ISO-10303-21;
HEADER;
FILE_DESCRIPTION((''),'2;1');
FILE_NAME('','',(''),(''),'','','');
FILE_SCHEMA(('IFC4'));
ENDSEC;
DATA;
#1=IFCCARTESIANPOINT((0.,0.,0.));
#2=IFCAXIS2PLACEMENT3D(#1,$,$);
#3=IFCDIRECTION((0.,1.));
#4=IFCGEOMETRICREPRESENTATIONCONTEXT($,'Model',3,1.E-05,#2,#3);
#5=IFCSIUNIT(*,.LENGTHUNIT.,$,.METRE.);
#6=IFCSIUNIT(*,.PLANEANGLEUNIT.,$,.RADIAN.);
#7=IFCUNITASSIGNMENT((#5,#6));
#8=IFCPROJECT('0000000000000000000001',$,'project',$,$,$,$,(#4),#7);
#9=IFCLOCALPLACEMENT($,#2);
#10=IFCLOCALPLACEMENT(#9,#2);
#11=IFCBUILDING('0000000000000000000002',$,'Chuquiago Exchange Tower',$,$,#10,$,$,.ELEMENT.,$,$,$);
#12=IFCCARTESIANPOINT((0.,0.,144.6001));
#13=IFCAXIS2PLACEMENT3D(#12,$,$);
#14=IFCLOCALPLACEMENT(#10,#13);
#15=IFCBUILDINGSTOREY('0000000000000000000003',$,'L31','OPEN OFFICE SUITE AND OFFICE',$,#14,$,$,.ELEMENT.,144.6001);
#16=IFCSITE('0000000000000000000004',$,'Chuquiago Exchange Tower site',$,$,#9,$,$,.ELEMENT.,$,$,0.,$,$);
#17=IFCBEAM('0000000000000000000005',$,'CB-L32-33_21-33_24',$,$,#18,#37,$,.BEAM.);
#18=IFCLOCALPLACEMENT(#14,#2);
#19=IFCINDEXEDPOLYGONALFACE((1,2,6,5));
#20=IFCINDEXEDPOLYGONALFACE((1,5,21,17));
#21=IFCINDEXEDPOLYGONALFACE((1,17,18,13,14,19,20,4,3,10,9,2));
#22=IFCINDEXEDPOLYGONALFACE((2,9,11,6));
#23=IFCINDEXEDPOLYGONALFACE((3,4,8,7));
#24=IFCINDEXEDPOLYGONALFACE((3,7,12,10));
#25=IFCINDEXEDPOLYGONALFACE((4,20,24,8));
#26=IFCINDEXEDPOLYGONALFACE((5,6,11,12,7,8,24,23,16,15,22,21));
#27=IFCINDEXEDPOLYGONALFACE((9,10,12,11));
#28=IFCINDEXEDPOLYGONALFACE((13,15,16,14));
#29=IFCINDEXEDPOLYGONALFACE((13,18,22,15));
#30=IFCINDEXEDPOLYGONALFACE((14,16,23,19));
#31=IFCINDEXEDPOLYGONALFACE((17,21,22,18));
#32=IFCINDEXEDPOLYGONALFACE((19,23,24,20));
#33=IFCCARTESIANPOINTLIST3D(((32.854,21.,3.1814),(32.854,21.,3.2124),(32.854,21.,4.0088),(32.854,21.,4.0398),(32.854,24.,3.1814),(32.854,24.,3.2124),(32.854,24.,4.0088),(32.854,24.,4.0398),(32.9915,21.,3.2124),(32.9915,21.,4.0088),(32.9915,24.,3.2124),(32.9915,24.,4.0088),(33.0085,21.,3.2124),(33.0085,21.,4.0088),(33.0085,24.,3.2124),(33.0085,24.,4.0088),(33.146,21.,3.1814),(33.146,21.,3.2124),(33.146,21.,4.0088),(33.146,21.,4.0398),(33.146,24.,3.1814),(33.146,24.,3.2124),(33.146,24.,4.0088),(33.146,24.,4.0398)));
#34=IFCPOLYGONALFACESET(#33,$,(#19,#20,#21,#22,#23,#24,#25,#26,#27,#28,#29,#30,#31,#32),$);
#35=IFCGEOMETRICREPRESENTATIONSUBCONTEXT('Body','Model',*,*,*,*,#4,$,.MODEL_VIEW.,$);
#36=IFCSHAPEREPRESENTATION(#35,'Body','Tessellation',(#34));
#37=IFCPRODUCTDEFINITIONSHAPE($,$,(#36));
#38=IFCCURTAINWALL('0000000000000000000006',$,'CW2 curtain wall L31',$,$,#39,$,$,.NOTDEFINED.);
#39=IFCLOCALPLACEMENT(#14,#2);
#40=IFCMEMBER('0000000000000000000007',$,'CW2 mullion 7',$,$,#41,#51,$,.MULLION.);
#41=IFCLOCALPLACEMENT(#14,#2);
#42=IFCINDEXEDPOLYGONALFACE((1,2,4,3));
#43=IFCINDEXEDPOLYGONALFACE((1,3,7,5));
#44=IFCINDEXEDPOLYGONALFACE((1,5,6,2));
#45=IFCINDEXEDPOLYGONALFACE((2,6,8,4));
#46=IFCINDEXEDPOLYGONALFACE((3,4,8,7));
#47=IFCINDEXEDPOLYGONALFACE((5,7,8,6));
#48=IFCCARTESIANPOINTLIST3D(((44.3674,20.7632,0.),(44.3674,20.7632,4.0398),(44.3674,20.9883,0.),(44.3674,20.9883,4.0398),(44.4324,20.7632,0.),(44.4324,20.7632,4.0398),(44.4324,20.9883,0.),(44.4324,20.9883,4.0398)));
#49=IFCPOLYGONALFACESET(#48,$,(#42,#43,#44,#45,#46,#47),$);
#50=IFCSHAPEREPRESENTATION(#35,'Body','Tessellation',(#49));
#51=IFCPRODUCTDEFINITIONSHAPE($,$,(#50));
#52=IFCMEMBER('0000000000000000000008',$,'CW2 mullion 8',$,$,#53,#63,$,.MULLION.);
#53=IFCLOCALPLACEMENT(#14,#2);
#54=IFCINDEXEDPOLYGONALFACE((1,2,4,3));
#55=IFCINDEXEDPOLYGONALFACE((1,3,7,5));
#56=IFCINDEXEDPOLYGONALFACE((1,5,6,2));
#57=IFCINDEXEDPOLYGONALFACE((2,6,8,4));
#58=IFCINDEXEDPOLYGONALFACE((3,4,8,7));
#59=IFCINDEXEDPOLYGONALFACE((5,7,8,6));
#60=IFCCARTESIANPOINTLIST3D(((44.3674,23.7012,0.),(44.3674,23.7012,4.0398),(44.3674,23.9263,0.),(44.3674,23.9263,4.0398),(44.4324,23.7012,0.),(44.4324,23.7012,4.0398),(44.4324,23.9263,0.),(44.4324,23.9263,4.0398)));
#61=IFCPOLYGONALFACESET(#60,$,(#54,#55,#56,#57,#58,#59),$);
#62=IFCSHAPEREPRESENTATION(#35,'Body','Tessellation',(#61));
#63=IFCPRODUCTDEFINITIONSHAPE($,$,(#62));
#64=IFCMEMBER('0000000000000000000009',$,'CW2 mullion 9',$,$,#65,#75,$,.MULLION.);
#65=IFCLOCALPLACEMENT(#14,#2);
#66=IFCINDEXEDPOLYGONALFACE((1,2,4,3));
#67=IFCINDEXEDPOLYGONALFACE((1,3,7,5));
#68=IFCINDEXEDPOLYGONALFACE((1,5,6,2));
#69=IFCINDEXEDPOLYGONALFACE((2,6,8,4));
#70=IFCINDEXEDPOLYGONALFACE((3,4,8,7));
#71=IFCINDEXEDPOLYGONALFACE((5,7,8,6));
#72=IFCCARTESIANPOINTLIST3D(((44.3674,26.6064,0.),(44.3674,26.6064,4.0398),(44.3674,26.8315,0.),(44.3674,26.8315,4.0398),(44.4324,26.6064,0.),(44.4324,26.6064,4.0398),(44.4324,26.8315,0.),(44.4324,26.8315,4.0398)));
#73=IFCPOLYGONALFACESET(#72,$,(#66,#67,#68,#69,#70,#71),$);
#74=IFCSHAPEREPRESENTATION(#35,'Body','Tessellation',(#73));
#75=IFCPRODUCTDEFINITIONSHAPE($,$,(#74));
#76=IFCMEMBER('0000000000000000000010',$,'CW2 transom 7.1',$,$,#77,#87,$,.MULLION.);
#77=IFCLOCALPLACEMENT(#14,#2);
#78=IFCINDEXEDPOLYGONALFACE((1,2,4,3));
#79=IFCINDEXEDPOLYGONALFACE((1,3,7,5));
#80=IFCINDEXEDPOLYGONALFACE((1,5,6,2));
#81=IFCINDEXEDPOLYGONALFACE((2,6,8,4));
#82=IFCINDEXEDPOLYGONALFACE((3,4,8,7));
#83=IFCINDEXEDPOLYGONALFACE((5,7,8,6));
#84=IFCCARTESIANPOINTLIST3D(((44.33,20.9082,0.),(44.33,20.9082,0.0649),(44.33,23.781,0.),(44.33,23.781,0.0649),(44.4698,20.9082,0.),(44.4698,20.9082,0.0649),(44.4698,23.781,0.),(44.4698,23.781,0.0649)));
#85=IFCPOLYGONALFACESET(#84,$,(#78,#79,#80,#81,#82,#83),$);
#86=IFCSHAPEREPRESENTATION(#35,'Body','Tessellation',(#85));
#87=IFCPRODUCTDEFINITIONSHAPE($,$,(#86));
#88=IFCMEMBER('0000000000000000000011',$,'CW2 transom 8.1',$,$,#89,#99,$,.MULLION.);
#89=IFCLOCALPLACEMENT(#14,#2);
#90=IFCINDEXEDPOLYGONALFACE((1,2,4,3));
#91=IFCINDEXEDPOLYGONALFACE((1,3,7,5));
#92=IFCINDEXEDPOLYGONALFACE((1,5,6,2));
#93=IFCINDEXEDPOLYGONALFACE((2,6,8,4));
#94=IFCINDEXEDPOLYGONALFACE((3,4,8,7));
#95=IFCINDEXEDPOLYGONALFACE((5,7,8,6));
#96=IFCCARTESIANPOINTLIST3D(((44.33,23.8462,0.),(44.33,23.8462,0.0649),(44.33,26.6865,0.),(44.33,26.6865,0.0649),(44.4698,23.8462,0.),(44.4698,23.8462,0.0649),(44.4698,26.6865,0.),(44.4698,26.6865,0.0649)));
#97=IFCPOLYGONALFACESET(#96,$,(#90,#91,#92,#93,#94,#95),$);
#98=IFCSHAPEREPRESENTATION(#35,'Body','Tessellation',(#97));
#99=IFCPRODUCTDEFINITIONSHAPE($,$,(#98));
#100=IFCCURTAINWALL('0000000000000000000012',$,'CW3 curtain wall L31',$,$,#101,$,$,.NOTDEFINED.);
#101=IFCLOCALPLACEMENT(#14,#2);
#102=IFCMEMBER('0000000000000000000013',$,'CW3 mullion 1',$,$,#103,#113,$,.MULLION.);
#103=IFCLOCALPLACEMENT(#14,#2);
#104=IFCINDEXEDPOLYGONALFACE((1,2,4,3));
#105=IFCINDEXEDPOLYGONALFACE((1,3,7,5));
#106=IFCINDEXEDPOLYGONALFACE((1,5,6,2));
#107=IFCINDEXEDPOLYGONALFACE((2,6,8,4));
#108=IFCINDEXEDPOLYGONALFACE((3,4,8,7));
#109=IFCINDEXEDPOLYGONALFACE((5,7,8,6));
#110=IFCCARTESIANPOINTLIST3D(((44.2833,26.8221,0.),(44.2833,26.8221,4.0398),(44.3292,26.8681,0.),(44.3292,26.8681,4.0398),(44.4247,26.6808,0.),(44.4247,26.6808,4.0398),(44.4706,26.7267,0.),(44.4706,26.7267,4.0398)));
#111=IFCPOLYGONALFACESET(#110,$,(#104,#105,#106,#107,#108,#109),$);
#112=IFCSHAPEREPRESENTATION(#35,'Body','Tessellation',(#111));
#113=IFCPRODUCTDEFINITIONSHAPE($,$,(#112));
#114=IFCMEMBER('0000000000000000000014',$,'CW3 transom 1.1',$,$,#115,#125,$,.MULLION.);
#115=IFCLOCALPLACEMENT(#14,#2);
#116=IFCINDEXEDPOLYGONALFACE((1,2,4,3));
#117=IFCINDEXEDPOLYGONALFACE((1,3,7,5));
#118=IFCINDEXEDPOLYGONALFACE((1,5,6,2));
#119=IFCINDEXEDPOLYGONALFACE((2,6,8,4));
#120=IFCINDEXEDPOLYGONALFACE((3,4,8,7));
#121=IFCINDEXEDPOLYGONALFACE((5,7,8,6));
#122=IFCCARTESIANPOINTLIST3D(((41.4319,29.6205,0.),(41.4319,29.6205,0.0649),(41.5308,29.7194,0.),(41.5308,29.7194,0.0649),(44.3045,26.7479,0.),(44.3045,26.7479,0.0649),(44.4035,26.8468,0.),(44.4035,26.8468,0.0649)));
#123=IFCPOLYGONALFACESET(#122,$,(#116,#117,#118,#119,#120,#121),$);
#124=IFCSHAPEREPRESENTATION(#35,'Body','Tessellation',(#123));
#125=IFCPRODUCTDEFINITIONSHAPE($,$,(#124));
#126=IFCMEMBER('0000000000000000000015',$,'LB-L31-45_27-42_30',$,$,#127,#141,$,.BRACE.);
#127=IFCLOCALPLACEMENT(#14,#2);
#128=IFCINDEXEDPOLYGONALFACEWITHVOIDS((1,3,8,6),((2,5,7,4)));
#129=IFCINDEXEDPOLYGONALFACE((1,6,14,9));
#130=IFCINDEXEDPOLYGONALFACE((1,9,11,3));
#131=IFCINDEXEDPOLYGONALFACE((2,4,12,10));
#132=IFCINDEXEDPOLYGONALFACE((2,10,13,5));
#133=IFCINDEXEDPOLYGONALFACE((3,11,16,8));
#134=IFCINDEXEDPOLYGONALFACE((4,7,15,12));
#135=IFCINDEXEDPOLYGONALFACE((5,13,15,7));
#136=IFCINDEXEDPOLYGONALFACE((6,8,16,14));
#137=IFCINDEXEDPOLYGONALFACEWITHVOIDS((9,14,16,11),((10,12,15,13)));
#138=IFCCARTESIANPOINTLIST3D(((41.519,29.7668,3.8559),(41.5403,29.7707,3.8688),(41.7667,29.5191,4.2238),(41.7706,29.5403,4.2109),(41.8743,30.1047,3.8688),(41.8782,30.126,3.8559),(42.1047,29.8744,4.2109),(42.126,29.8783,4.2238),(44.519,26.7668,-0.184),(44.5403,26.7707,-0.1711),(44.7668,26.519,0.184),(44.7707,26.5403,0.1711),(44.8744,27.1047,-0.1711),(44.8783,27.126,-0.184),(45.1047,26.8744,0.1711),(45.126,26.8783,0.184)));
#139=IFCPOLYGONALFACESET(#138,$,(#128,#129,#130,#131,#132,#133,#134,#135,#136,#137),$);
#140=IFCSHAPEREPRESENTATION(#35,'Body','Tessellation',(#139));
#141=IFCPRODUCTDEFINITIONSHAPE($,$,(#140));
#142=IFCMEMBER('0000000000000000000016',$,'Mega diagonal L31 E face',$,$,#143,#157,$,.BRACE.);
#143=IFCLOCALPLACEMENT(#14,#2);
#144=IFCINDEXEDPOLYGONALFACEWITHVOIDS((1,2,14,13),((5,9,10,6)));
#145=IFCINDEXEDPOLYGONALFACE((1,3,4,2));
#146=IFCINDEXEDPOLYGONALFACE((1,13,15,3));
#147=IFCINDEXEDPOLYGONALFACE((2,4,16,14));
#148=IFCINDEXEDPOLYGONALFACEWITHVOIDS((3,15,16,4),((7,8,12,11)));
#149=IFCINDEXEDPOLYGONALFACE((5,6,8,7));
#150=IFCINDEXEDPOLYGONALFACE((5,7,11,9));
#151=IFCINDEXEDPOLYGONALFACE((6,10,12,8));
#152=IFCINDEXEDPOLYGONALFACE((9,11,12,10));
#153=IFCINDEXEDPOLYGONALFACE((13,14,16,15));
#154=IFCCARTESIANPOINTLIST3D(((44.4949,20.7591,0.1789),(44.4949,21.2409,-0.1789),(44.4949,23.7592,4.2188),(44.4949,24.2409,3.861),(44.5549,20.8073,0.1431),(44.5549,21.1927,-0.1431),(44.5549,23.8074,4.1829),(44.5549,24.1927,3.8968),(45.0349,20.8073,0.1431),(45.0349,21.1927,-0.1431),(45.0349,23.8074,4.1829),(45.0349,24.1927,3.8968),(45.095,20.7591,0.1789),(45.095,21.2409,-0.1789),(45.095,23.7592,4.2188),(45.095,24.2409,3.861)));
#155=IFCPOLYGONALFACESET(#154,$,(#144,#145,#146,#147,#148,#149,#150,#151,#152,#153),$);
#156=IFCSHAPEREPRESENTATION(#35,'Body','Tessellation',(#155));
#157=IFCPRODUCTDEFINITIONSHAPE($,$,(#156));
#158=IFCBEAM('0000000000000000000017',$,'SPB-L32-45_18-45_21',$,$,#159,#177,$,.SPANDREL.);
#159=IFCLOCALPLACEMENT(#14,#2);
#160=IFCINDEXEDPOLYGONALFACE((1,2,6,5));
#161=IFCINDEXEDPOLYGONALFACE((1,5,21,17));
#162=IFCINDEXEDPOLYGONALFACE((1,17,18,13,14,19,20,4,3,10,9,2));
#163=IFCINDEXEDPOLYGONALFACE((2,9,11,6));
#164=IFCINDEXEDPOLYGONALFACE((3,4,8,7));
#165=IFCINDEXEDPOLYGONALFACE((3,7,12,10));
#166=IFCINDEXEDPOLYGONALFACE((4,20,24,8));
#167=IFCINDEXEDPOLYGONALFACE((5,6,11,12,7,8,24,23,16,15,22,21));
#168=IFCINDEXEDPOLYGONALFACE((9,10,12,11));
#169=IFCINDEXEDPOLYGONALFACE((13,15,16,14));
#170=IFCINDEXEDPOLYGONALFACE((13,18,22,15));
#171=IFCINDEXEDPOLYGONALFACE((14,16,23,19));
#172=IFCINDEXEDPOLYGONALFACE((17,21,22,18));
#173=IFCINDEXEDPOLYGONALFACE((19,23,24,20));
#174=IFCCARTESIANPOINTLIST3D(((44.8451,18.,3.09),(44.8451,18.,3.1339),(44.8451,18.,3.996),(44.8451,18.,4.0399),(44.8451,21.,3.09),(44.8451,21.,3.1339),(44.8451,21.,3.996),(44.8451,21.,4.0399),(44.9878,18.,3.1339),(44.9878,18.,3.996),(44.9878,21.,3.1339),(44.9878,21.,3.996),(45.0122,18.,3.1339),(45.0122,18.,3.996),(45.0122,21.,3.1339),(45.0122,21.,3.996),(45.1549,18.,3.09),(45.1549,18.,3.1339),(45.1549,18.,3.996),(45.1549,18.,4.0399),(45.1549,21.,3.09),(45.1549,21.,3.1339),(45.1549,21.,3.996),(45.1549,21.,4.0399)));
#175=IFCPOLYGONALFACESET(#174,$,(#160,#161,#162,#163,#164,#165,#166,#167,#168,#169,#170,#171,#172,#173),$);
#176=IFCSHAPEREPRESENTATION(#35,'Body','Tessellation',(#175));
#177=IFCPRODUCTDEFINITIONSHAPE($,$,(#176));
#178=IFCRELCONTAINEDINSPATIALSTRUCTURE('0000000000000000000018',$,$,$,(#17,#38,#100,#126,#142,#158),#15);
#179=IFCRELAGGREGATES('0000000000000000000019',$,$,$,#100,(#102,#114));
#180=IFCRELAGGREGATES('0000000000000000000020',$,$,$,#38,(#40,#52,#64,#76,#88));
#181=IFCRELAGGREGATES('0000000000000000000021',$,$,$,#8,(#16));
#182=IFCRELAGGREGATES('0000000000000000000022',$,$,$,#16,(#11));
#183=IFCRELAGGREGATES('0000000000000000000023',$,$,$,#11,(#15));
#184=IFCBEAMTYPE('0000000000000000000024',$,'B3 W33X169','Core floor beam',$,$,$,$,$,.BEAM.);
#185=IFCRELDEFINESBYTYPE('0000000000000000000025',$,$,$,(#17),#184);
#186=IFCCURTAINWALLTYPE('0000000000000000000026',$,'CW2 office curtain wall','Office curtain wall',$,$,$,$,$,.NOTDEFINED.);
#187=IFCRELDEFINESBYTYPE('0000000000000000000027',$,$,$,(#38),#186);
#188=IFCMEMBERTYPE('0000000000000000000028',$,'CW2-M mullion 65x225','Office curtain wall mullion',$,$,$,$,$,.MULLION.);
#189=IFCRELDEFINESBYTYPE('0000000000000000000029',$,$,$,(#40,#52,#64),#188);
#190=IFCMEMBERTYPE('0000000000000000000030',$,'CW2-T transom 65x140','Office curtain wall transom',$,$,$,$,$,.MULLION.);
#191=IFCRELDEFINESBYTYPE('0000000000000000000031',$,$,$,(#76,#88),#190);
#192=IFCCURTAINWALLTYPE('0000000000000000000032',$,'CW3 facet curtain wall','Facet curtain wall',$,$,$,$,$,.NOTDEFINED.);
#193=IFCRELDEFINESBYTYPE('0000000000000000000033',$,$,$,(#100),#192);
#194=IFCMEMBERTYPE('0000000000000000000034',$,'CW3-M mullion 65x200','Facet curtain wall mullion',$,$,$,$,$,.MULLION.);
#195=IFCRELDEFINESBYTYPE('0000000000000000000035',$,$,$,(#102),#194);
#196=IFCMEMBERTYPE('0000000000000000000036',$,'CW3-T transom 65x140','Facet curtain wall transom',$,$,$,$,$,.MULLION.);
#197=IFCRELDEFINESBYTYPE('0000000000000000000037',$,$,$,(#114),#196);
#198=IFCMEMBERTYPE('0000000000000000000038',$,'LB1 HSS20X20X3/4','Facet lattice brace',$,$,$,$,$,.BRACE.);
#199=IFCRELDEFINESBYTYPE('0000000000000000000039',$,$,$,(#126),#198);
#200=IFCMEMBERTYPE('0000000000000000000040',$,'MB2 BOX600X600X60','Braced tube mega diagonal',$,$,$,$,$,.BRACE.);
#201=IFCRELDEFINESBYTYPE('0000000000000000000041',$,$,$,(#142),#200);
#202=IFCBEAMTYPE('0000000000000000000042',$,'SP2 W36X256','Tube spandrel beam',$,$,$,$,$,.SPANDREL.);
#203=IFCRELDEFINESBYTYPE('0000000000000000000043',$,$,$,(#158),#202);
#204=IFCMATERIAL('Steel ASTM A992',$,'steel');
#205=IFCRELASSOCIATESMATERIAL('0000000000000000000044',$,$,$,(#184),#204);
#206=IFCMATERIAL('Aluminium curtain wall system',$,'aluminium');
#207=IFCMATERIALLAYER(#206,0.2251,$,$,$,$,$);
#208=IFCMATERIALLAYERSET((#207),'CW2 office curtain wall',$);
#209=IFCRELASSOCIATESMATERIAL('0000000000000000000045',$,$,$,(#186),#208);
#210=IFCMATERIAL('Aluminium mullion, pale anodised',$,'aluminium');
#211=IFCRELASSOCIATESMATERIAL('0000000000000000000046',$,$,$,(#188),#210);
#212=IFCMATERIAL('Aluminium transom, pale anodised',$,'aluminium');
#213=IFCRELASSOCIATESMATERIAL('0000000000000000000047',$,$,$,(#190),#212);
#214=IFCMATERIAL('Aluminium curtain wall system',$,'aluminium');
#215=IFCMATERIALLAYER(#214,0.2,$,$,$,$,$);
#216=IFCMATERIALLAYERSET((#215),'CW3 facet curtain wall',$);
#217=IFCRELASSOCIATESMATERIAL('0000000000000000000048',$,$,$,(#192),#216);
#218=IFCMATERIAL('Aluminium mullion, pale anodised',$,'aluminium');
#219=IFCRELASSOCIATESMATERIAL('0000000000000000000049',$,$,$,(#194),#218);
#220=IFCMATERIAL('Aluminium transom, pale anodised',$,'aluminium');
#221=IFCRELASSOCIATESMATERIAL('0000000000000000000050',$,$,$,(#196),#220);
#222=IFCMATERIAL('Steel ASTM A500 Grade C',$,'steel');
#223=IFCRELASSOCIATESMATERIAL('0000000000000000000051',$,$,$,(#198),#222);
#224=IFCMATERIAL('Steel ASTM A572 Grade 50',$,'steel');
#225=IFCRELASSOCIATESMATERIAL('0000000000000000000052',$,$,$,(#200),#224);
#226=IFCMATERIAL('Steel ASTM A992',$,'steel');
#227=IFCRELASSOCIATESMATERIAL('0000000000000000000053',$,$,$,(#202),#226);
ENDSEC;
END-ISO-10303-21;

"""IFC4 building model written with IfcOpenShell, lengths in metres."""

from ifc_helpers import new_model, si_unit, direction, frame, origin, origin_2d, place, context, subcontext, project, spatial, rectangle, hollow_rectangle, i_section, extrude, material, layer, layer_set, material_profile, profile_set, type_object, element, aggregate, save


model = new_model("IFC4")

# Units and contexts
model_context = context("Model", 3, precision=1e-05, world=origin(), true_north=direction((0.0, 1.0)))
body_context = subcontext(model_context, "Body", "Model", "MODEL_VIEW")
ifc_project = project(units=[si_unit("LENGTHUNIT", "METRE"), si_unit("PLANEANGLEUNIT", "RADIAN")], contexts=[model_context])

# Site, building, storey
site_placement = place(None, origin())
site = spatial("IfcSite", under=ifc_project, at=site_placement, Name="Chuquiago Exchange Tower site", CompositionType="ELEMENT", RefElevation=0.0)
building_placement = place(site_placement, origin())
building = spatial("IfcBuilding", under=site, at=building_placement, Name="Chuquiago Exchange Tower", CompositionType="ELEMENT")
storey_placement = place(building_placement, frame((0.0, 0.0, 144.6001)))
storey = spatial("IfcBuildingStorey", under=building, at=storey_placement, Name="L31", Description="OPEN OFFICE SUITE AND OFFICE", CompositionType="ELEMENT", Elevation=144.6001)

# Beam
ifc_material_1 = material(Name="Steel ASTM A992", Category="steel")
ifc_material_profile_1 = material_profile(ifc_material_1, i_section(OverallWidth=0.292, OverallDepth=0.8584, WebThickness=0.0171, FlangeThickness=0.031, at=origin_2d()), Name="W33X169")
ifc_profile_set_1 = profile_set([ifc_material_profile_1], Name="Steel ASTM A992")
beam_type_1 = type_object("IfcBeamType", Name="B3 W33X169", Description="Core floor beam", PredefinedType="BEAM", material=ifc_profile_set_1)
beam_1_placement = place(storey_placement, frame((33.0, 21.0, 3.6106), z_axis=(0.0, 1.0, 0.0), x_axis=(-1.0, 0.0, 0.0)))
element("IfcBeam", 1, at=beam_1_placement, inside=storey, type_object=beam_type_1, Name="CB-L32-33_21-33_24", PredefinedType="BEAM", context=body_context, shape_type="SweptSolid", body=[
    extrude(i_section(OverallWidth=0.292, OverallDepth=0.8584, WebThickness=0.0171, FlangeThickness=0.031, at=origin_2d()), origin(), (0.0, 0.0, 1.0), 3.0),
])

# Curtain walls, members
ifc_material_2 = material(Name="Aluminium curtain wall system", Category="aluminium")
ifc_layer_1 = layer(ifc_material_2, 0.2251)
ifc_layer_set_1 = layer_set([ifc_layer_1], Name="CW2 office curtain wall")
curtain_wall_type_1 = type_object("IfcCurtainWallType", Name="CW2 office curtain wall", Description="Office curtain wall", PredefinedType="NOTDEFINED", material=ifc_layer_set_1)
curtain_wall_1_placement = place(storey_placement, origin())
curtain_wall_1 = element("IfcCurtainWall", 2, at=curtain_wall_1_placement, inside=storey, type_object=curtain_wall_type_1, Name="CW2 curtain wall L31", PredefinedType="NOTDEFINED")
ifc_material_3 = material(Name="Aluminium mullion, pale anodised", Category="aluminium")
ifc_material_profile_2 = material_profile(ifc_material_3, rectangle(XDim=0.0649, YDim=0.2251, at=origin_2d()), Name="AL 65x225")
ifc_profile_set_2 = profile_set([ifc_material_profile_2], Name="Aluminium mullion, pale anodised")
member_type_1 = type_object("IfcMemberType", Name="CW2-M mullion 65x225", Description="Office curtain wall mullion", PredefinedType="MULLION", material=ifc_profile_set_2)
member_1_placement = place(storey_placement, frame((44.3999, 20.8757, 0.0), z_axis=(0.0, 0.0, 1.0), x_axis=(-1.0, 0.0, 0.0)))
member_1 = element("IfcMember", 3, at=member_1_placement, type_object=member_type_1, Name="CW2 mullion 7", PredefinedType="MULLION", context=body_context, shape_type="SweptSolid", body=[
    extrude(rectangle(XDim=0.0649, YDim=0.2251, at=origin_2d()), origin(), (0.0, 0.0, 1.0), 4.0398),
])
member_2_placement = place(storey_placement, frame((44.3999, 23.8137, 0.0), z_axis=(0.0, 0.0, 1.0), x_axis=(-1.0, 0.0, 0.0)))
member_2 = element("IfcMember", 4, at=member_2_placement, type_object=member_type_1, Name="CW2 mullion 8", PredefinedType="MULLION", context=body_context, shape_type="SweptSolid", body=[
    extrude(rectangle(XDim=0.0649, YDim=0.2251, at=origin_2d()), origin(), (0.0, 0.0, 1.0), 4.0398),
])
member_3_placement = place(storey_placement, frame((44.3999, 26.719, 0.0), z_axis=(0.0, 0.0, 1.0), x_axis=(-1.0, 0.0, 0.0)))
member_3 = element("IfcMember", 5, at=member_3_placement, type_object=member_type_1, Name="CW2 mullion 9", PredefinedType="MULLION", context=body_context, shape_type="SweptSolid", body=[
    extrude(rectangle(XDim=0.0649, YDim=0.2251, at=origin_2d()), origin(), (0.0, 0.0, 1.0), 4.0398),
])
ifc_material_4 = material(Name="Aluminium transom, pale anodised", Category="aluminium")
ifc_material_profile_3 = material_profile(ifc_material_4, rectangle(XDim=0.1399, YDim=0.0649, at=origin_2d()), Name="AL 140x65")
ifc_profile_set_3 = profile_set([ifc_material_profile_3], Name="Aluminium transom, pale anodised")
member_type_2 = type_object("IfcMemberType", Name="CW2-T transom 65x140", Description="Office curtain wall transom", PredefinedType="MULLION", material=ifc_profile_set_3)
member_4_placement = place(storey_placement, frame((44.3999, 20.9082, 0.0325), z_axis=(0.0, 1.0, 0.0), x_axis=(-1.0, 0.0, 0.0)))
member_4 = element("IfcMember", 6, at=member_4_placement, type_object=member_type_2, Name="CW2 transom 7.1", PredefinedType="MULLION", context=body_context, shape_type="SweptSolid", body=[
    extrude(rectangle(XDim=0.1399, YDim=0.0649, at=origin_2d()), origin(), (0.0, 0.0, 1.0), 2.8728),
])
member_5_placement = place(storey_placement, frame((44.3999, 23.8462, 0.0325), z_axis=(0.0, 1.0, 0.0), x_axis=(-1.0, 0.0, 0.0)))
member_5 = element("IfcMember", 7, at=member_5_placement, type_object=member_type_2, Name="CW2 transom 8.1", PredefinedType="MULLION", context=body_context, shape_type="SweptSolid", body=[
    extrude(rectangle(XDim=0.1399, YDim=0.0649, at=origin_2d()), origin(), (0.0, 0.0, 1.0), 2.8403),
])
ifc_material_5 = material(Name="Aluminium curtain wall system", Category="aluminium")
ifc_layer_2 = layer(ifc_material_5, 0.2)
ifc_layer_set_2 = layer_set([ifc_layer_2], Name="CW3 facet curtain wall")
curtain_wall_type_2 = type_object("IfcCurtainWallType", Name="CW3 facet curtain wall", Description="Facet curtain wall", PredefinedType="NOTDEFINED", material=ifc_layer_set_2)
curtain_wall_2_placement = place(storey_placement, origin())
curtain_wall_2 = element("IfcCurtainWall", 8, at=curtain_wall_2_placement, inside=storey, type_object=curtain_wall_type_2, Name="CW3 curtain wall L31", PredefinedType="NOTDEFINED")
ifc_material_6 = material(Name="Aluminium mullion, pale anodised", Category="aluminium")
ifc_material_profile_4 = material_profile(ifc_material_6, rectangle(XDim=0.0649, YDim=0.2, at=origin_2d()), Name="AL 65x200")
ifc_profile_set_4 = profile_set([ifc_material_profile_4], Name="Aluminium mullion, pale anodised")
member_type_3 = type_object("IfcMemberType", Name="CW3-M mullion 65x200", Description="Facet curtain wall mullion", PredefinedType="MULLION", material=ifc_profile_set_4)
member_6_placement = place(storey_placement, frame((44.377, 26.7744, 0.0), z_axis=(0.0, 0.0, 1.0), x_axis=(-0.707107, -0.707107, 0.0)))
member_6 = element("IfcMember", 9, at=member_6_placement, type_object=member_type_3, Name="CW3 mullion 1", PredefinedType="MULLION", context=body_context, shape_type="SweptSolid", body=[
    extrude(rectangle(XDim=0.0649, YDim=0.2, at=origin_2d()), origin(), (0.0, 0.0, 1.0), 4.0398),
])
ifc_material_7 = material(Name="Aluminium transom, pale anodised", Category="aluminium")
ifc_material_profile_5 = material_profile(ifc_material_7, rectangle(XDim=0.1399, YDim=0.0649, at=origin_2d()), Name="AL 140x65")
ifc_profile_set_5 = profile_set([ifc_material_profile_5], Name="Aluminium transom, pale anodised")
member_type_4 = type_object("IfcMemberType", Name="CW3-T transom 65x140", Description="Facet curtain wall transom", PredefinedType="MULLION", material=ifc_profile_set_5)
member_7_placement = place(storey_placement, frame((44.354, 26.7974, 0.0325), z_axis=(-0.707107, 0.707107, 0.0), x_axis=(-0.707107, -0.707107, 0.0)))
member_7 = element("IfcMember", 10, at=member_7_placement, type_object=member_type_4, Name="CW3 transom 1.1", PredefinedType="MULLION", context=body_context, shape_type="SweptSolid", body=[
    extrude(rectangle(XDim=0.1399, YDim=0.0649, at=origin_2d()), origin(), (0.0, 0.0, 1.0), 4.0625),
])
aggregate(curtain_wall_2, [member_6, member_7])

# Members
ifc_material_8 = material(Name="Steel ASTM A500 Grade C", Category="steel")
ifc_material_profile_6 = material_profile(ifc_material_8, hollow_rectangle(XDim=0.5081, YDim=0.5081, WallThickness=0.0178, at=origin_2d()), Name="HSS20X20X3/4")
ifc_profile_set_6 = profile_set([ifc_material_profile_6], Name="Steel ASTM A500 Grade C")
member_type_5 = type_object("IfcMemberType", Name="LB1 HSS20X20X3/4", Description="Facet lattice brace", PredefinedType="BRACE", material=ifc_profile_set_6)
member_8_placement = place(storey_placement, frame((44.8225, 26.8225, 0.0), z_axis=(-0.512092, 0.512092, 0.689582), x_axis=(-0.707107, -0.707107, 0.0)))
element("IfcMember", 11, at=member_8_placement, inside=storey, type_object=member_type_5, Name="LB-L31-45_27-42_30", PredefinedType="BRACE", context=body_context, shape_type="SweptSolid", body=[
    extrude(hollow_rectangle(XDim=0.5081, YDim=0.5081, WallThickness=0.0178, at=origin_2d()), origin(), (0.0, 0.0, 1.0), 5.8584),
])
ifc_material_9 = material(Name="Steel ASTM A572 Grade 50", Category="steel")
ifc_material_profile_7 = material_profile(ifc_material_9, hollow_rectangle(XDim=0.6001, YDim=0.6001, WallThickness=0.0601, at=origin_2d()), Name="BOX600X600X60")
ifc_profile_set_7 = profile_set([ifc_material_profile_7], Name="Steel ASTM A572 Grade 50")
member_type_6 = type_object("IfcMemberType", Name="MB2 BOX600X600X60", Description="Braced tube mega diagonal", PredefinedType="BRACE", material=ifc_profile_set_7)
member_9_placement = place(storey_placement, frame((44.7949, 21.0, 0.0), z_axis=(0.0, 0.596197, 0.802838), x_axis=(-1.0, 0.0, 0.0)))
element("IfcMember", 12, at=member_9_placement, inside=storey, type_object=member_type_6, Name="Mega diagonal L31 E face", PredefinedType="BRACE", context=body_context, shape_type="SweptSolid", body=[
    extrude(hollow_rectangle(XDim=0.6001, YDim=0.6001, WallThickness=0.0601, at=origin_2d()), origin(), (0.0, 0.0, 1.0), 5.032),
])

# Beam
ifc_material_10 = material(Name="Steel ASTM A992", Category="steel")
ifc_material_profile_8 = material_profile(ifc_material_10, i_section(OverallWidth=0.3098, OverallDepth=0.95, WebThickness=0.0244, FlangeThickness=0.0439, at=origin_2d()), Name="W36X256")
ifc_profile_set_8 = profile_set([ifc_material_profile_8], Name="Steel ASTM A992")
beam_type_2 = type_object("IfcBeamType", Name="SP2 W36X256", Description="Tube spandrel beam", PredefinedType="SPANDREL", material=ifc_profile_set_8)
for number, where, z_axis, x_axis, name in (
    (13, (45.0, 18.0, 3.5649), (0.0, 1.0, 0.0), (-1.0, 0.0, 0.0), "SPB-L32-45_18-45_21"),
):
    element("IfcBeam", number, at=place(storey_placement, frame(where, z_axis=z_axis, x_axis=x_axis)), inside=storey, type_object=beam_type_2, Name=name, PredefinedType="SPANDREL", context=body_context, shape_type="SweptSolid", body=[
        extrude(i_section(OverallWidth=0.3098, OverallDepth=0.95, WebThickness=0.0244, FlangeThickness=0.0439, at=origin_2d()), origin(), (0.0, 0.0, 1.0), 3.0),
    ])

aggregate(curtain_wall_1, [member_1, member_2, member_3, member_4, member_5])

save(model, "model.ifc")
